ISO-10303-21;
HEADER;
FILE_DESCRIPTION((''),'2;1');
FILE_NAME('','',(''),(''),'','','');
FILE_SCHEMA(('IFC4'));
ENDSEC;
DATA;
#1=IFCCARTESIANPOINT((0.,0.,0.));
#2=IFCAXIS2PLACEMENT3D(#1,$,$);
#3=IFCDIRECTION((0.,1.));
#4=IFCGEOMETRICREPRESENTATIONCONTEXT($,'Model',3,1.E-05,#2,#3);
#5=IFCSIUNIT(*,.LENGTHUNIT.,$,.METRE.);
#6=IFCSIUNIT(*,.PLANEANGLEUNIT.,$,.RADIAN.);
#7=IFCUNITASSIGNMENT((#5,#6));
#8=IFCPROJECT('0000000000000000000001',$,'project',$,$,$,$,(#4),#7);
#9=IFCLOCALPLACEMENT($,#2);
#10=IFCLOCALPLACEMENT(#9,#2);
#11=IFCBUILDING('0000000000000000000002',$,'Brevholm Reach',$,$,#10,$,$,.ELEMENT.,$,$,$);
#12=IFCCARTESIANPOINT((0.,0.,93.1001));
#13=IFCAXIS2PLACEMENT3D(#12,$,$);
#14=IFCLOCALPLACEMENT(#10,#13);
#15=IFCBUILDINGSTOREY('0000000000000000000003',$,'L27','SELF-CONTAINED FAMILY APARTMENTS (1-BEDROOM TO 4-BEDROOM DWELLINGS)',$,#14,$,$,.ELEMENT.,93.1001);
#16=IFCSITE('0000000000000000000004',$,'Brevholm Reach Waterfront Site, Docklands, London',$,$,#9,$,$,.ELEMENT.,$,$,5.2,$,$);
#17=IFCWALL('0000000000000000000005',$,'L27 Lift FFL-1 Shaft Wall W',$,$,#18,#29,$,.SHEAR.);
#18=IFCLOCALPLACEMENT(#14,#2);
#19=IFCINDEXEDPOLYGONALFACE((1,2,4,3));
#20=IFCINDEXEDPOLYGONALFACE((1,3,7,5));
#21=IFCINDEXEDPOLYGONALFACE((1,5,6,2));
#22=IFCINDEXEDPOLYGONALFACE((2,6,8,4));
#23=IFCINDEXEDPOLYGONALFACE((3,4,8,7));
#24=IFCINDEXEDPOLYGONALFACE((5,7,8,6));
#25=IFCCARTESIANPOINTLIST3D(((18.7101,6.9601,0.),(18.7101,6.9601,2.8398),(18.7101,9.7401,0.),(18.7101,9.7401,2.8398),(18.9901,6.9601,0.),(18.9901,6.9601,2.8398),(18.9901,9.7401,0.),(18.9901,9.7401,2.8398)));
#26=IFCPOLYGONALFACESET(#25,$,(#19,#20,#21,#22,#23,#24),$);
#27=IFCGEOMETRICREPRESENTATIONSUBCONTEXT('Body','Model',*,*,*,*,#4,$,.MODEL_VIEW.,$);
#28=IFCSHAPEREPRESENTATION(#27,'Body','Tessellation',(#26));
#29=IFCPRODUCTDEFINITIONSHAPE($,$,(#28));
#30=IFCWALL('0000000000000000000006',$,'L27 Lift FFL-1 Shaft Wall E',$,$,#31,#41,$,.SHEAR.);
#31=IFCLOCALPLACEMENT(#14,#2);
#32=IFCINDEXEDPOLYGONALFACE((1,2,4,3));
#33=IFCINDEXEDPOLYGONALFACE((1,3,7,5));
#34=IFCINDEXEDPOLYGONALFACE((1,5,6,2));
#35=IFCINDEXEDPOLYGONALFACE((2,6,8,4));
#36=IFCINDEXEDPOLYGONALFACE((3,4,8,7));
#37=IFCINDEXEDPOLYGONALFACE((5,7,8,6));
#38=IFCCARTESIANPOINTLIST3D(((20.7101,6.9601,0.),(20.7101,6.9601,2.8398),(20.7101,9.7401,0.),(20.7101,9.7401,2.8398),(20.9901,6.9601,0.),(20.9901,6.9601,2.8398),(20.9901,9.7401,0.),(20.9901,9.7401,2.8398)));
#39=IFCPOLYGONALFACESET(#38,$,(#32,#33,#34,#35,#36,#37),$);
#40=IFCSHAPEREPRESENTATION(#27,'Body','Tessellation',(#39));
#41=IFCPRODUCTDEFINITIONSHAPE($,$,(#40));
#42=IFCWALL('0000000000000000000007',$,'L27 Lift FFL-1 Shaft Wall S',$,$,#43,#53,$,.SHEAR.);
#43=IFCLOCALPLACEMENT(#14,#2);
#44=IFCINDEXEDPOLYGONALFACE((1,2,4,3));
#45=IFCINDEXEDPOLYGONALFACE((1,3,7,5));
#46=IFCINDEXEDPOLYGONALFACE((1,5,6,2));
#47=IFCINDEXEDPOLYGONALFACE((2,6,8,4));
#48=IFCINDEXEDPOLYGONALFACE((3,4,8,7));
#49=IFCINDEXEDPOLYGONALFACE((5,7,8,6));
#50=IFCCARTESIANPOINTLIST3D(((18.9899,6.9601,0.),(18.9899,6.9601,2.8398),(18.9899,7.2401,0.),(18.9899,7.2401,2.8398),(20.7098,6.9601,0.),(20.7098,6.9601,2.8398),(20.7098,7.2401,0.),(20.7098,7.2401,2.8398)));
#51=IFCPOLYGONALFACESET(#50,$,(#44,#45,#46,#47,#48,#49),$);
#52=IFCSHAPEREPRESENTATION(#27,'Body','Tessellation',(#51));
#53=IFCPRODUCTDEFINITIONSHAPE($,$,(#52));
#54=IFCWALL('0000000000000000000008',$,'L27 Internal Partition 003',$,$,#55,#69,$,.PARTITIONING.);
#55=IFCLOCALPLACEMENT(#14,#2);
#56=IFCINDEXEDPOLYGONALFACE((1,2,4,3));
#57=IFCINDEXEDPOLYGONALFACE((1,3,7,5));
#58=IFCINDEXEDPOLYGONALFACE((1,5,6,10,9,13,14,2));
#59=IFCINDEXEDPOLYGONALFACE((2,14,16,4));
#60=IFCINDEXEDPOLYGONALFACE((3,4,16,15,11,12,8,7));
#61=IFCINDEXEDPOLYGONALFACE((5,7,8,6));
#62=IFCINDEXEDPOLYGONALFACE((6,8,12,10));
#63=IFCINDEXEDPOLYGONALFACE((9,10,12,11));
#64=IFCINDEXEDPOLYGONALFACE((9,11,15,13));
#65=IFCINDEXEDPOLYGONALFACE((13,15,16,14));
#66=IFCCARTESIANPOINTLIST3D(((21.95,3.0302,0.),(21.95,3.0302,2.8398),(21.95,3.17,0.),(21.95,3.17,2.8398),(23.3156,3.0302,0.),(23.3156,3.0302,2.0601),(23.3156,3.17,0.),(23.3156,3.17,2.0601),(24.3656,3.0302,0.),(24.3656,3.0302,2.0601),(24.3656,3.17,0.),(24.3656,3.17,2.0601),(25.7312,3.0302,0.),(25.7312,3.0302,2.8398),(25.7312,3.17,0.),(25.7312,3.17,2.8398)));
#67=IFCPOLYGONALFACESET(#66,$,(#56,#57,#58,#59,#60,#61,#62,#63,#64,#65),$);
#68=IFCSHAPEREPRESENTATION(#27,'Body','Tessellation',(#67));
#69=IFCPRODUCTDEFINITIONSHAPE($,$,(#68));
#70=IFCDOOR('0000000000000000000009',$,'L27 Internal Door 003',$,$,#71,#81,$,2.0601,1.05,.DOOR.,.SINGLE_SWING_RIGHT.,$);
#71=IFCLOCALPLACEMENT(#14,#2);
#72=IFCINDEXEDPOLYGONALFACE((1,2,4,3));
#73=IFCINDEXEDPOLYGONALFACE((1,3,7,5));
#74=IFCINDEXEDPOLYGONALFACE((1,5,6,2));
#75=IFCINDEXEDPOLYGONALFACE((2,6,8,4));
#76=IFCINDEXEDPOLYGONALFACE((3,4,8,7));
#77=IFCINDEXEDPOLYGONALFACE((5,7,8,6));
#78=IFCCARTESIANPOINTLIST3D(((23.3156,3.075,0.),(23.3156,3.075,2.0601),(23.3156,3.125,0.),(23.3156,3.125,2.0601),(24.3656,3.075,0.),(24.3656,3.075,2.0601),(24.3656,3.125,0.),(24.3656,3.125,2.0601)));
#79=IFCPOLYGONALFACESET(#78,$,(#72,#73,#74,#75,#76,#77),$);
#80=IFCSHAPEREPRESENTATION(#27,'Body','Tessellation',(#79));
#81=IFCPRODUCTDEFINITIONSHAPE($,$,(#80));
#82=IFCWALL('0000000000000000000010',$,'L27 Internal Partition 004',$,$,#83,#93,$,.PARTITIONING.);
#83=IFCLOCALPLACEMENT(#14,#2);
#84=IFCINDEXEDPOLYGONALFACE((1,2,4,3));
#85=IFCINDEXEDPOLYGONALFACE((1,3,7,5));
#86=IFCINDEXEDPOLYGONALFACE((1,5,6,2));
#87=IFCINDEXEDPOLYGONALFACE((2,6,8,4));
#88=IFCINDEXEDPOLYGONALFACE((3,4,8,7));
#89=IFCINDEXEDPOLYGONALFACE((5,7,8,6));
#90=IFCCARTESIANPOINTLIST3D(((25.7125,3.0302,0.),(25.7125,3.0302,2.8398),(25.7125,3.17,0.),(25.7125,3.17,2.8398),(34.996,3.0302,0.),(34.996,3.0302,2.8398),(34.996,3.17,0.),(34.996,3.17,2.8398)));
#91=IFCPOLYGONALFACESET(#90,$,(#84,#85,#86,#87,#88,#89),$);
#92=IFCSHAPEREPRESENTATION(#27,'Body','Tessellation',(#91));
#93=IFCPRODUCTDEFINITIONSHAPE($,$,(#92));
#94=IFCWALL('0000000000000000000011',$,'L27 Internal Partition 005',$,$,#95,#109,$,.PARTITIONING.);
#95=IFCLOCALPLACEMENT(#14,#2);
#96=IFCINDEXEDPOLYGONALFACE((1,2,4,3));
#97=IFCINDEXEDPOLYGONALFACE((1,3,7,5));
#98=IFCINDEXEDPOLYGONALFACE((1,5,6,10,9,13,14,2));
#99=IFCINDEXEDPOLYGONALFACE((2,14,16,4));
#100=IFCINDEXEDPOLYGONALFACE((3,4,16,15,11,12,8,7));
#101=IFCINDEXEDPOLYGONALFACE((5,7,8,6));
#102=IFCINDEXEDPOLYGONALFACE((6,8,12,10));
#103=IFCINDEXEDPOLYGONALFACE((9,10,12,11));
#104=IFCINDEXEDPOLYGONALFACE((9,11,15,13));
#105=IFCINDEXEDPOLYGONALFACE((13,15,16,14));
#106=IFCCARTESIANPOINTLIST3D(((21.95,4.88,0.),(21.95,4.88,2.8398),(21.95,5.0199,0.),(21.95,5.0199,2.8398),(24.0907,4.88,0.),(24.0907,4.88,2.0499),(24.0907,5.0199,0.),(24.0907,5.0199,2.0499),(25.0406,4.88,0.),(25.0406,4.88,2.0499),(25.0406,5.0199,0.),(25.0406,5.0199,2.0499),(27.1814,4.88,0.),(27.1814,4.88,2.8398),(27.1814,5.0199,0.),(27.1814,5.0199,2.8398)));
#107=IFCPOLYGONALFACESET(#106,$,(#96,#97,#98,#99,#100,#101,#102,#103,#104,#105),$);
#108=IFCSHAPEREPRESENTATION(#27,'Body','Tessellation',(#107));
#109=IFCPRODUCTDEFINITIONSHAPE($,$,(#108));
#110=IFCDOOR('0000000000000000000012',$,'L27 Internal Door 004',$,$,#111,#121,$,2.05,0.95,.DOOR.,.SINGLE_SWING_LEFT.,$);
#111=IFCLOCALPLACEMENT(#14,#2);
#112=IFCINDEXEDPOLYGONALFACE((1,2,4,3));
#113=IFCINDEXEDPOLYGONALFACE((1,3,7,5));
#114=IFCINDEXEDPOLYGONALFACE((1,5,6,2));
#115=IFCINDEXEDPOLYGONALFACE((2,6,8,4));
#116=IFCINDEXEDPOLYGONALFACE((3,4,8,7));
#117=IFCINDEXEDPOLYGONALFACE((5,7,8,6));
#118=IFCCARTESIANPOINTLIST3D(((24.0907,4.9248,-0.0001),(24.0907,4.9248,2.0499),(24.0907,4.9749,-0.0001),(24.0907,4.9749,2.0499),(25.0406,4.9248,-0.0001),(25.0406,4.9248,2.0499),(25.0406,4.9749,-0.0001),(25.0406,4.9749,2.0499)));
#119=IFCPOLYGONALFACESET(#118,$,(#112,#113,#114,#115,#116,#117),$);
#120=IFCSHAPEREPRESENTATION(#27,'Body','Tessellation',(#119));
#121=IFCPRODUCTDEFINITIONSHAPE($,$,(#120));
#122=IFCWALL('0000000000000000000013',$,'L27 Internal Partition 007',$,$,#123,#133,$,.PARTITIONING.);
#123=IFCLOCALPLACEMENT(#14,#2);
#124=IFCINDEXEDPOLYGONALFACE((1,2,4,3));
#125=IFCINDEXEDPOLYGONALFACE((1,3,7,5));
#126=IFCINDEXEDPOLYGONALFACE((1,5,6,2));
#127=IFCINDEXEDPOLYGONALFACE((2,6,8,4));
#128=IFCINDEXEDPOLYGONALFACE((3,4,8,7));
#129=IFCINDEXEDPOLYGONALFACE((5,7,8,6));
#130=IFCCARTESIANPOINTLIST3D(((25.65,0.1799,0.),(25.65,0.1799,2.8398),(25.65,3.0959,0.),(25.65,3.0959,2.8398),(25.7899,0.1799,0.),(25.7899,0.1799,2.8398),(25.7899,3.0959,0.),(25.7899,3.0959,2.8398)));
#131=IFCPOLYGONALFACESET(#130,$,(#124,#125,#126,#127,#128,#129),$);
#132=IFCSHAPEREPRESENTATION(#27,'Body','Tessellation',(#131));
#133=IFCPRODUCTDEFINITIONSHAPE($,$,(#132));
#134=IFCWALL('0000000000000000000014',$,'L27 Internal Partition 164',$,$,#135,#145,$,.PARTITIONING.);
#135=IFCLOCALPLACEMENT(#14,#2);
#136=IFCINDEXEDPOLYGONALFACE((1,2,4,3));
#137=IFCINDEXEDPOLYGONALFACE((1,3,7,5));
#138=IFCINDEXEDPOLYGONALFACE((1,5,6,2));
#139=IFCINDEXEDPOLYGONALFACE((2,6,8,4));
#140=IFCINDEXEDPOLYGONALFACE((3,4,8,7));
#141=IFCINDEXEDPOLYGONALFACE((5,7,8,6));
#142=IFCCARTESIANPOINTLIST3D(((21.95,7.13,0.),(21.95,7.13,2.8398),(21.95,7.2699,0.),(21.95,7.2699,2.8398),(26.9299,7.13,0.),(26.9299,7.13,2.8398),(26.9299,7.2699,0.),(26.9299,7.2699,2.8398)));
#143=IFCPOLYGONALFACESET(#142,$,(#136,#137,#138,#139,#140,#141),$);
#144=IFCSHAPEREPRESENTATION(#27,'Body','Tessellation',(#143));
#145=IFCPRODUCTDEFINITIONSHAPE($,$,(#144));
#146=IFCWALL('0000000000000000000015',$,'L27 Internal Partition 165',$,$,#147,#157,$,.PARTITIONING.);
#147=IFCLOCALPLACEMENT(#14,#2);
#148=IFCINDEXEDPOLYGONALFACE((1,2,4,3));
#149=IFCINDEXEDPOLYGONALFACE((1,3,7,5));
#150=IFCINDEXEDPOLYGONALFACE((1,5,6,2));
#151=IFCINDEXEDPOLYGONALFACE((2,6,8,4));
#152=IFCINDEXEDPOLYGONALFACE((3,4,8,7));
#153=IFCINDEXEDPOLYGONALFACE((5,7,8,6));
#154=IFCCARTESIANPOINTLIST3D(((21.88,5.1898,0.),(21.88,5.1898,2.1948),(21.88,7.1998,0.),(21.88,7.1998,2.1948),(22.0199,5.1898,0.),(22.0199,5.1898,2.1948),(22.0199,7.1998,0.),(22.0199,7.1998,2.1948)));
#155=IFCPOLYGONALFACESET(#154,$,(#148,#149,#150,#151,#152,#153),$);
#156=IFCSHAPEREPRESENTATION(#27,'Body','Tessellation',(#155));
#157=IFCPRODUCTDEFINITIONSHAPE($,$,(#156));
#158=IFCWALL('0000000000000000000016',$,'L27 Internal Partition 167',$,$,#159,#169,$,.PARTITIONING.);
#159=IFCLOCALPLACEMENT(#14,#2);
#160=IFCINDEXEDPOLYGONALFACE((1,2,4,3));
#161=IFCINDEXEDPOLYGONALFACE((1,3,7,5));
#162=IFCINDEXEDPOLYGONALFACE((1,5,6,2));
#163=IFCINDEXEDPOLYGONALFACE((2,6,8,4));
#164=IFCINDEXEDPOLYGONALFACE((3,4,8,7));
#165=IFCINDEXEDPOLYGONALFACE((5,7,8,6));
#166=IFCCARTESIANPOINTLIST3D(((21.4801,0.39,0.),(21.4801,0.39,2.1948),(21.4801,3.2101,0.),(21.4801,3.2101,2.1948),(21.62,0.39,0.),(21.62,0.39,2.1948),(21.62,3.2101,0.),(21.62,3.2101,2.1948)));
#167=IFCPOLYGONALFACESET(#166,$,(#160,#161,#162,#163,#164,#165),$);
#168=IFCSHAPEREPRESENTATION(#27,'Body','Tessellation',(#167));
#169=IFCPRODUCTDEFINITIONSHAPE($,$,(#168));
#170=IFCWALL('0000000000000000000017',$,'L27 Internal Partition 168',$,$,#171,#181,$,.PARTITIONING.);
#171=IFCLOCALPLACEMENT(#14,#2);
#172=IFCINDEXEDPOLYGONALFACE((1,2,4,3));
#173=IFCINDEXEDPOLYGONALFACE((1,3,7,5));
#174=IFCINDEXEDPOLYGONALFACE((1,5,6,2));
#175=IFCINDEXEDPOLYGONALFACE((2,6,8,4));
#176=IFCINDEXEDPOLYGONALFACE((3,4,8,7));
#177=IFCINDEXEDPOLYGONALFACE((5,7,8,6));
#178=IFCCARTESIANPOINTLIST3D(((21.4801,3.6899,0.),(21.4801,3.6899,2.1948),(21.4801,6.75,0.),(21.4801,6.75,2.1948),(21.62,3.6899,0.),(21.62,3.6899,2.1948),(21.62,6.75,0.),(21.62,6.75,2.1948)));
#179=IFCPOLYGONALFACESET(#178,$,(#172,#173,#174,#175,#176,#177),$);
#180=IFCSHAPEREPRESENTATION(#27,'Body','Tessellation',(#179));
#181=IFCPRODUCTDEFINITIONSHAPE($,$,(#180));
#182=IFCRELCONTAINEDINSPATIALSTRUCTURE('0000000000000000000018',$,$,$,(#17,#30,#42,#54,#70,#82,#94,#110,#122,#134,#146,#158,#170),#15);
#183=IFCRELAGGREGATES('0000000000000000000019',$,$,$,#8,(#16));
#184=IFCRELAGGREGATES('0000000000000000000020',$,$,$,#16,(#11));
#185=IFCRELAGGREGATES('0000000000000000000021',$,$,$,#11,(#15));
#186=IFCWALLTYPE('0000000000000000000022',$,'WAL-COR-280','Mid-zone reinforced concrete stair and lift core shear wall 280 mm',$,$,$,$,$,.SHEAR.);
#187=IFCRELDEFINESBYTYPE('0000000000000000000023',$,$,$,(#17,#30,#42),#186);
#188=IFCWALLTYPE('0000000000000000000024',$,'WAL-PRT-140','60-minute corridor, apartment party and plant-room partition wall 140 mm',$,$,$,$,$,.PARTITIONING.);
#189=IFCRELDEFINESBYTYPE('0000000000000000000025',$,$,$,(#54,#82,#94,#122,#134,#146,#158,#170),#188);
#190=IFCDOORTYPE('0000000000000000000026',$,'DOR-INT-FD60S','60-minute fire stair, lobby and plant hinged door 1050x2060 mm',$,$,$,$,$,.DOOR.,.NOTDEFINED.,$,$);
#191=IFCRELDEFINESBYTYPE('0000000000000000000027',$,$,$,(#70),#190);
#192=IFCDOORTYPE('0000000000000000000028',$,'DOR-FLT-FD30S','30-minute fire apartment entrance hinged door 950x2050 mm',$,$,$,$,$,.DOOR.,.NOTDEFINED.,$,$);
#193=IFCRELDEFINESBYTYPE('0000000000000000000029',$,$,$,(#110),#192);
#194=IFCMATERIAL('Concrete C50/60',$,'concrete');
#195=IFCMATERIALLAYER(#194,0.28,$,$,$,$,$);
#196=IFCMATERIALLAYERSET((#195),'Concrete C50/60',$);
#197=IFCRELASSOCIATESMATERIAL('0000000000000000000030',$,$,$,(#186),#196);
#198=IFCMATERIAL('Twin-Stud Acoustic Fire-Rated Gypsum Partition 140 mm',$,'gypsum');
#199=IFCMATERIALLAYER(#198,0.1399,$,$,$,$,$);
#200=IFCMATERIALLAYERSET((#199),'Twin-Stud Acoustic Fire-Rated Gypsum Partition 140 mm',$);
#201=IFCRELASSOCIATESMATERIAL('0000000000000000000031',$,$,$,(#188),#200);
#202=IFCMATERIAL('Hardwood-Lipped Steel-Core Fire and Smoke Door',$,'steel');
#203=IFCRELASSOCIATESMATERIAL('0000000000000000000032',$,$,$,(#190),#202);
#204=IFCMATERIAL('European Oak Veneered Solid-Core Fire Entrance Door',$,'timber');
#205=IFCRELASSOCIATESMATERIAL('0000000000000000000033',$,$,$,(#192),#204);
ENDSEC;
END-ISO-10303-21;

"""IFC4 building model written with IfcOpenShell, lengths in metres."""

from ifc_helpers import new_model, si_unit, direction, frame, frame_2d, origin, place, context, subcontext, project, spatial, rectangle, extrude, material, layer, layer_set, type_object, element, fill, save


model = new_model("IFC4")

# Units and contexts
model_context = context("Model", 3, precision=1e-05, world=origin(), true_north=direction((0.0, 1.0)))
body_context = subcontext(model_context, "Body", "Model", "MODEL_VIEW")
ifc_project = project(units=[si_unit("LENGTHUNIT", "METRE"), si_unit("PLANEANGLEUNIT", "RADIAN")], contexts=[model_context])

# Site, building, storey
site_placement = place(None, origin())
site = spatial("IfcSite", under=ifc_project, at=site_placement, Name="Brevholm Reach Waterfront Site, Docklands, London", CompositionType="ELEMENT", RefElevation=5.2)
building_placement = place(site_placement, origin())
building = spatial("IfcBuilding", under=site, at=building_placement, Name="Brevholm Reach", CompositionType="ELEMENT")
storey_placement = place(building_placement, frame((0.0, 0.0, 93.1001)))
storey = spatial("IfcBuildingStorey", under=building, at=storey_placement, Name="L27", Description="SELF-CONTAINED FAMILY APARTMENTS (1-BEDROOM TO 4-BEDROOM DWELLINGS)", CompositionType="ELEMENT", Elevation=93.1001)

# Walls
ifc_material_1 = material(Name="Concrete C50/60", Category="concrete")
ifc_layer_1 = layer(ifc_material_1, 0.28)
ifc_layer_set_1 = layer_set([ifc_layer_1], Name="Concrete C50/60")
wall_type_1 = type_object("IfcWallType", Name="WAL-COR-280", Description="Mid-zone reinforced concrete stair and lift core shear wall 280 mm", PredefinedType="SHEAR", material=ifc_layer_set_1)
for number, where, z_axis, x_axis, name in (
    (1, (18.8501, 6.96, 0.0), (0.0, 0.0, 1.0), (0.0, 1.0, 0.0), "L27 Lift FFL-1 Shaft Wall W"),
    (2, (20.8501, 6.96, 0.0), (0.0, 0.0, 1.0), (0.0, 1.0, 0.0), "L27 Lift FFL-1 Shaft Wall E"),
):
    element("IfcWall", number, at=place(storey_placement, frame(where, z_axis=z_axis, x_axis=x_axis)), inside=storey, type_object=wall_type_1, Name=name, PredefinedType="SHEAR", context=body_context, shape_type="SweptSolid", body=[
        extrude(rectangle(XDim=2.78, YDim=0.28, at=frame_2d((1.3901, 0.0))), origin(), (0.0, 0.0, 1.0), 2.8398),
    ])
wall_1_placement = place(storey_placement, frame((18.99, 7.1001, 0.0), z_axis=(0.0, 0.0, 1.0), x_axis=(1.0, 0.0, 0.0)))
element("IfcWall", 3, at=wall_1_placement, inside=storey, type_object=wall_type_1, Name="L27 Lift FFL-1 Shaft Wall S", PredefinedType="SHEAR", context=body_context, shape_type="SweptSolid", body=[
    extrude(rectangle(XDim=1.72, YDim=0.28, at=frame_2d((0.8599, 0.0))), origin(), (0.0, 0.0, 1.0), 2.8398),
])

# Wall, opening, door
ifc_material_2 = material(Name="Twin-Stud Acoustic Fire-Rated Gypsum Partition 140 mm", Category="gypsum")
ifc_layer_2 = layer(ifc_material_2, 0.1399)
ifc_layer_set_2 = layer_set([ifc_layer_2], Name="Twin-Stud Acoustic Fire-Rated Gypsum Partition 140 mm")
wall_type_2 = type_object("IfcWallType", Name="WAL-PRT-140", Description="60-minute corridor, apartment party and plant-room partition wall 140 mm", PredefinedType="PARTITIONING", material=ifc_layer_set_2)
wall_2_placement = place(storey_placement, frame((21.95, 3.1001, 0.0), z_axis=(0.0, 0.0, 1.0), x_axis=(1.0, 0.0, 0.0)))
wall_2 = element("IfcWall", 4, at=wall_2_placement, inside=storey, type_object=wall_type_2, Name="L27 Internal Partition 003", PredefinedType="PARTITIONING", context=body_context, shape_type="SweptSolid", body=[
    extrude(rectangle(XDim=3.7812, YDim=0.1399, at=frame_2d((1.8906, 0.0))), origin(), (0.0, 0.0, 1.0), 2.8398),
])
opening_1_placement = place(wall_2_placement, frame((1.3657, 0.0, 0.0)))
opening_1 = element("IfcOpeningElement", 5, at=opening_1_placement, cuts=wall_2, PredefinedType="OPENING", context=body_context, shape_type="SweptSolid", body=[
    extrude(rectangle(XDim=1.05, YDim=2.0601, at=frame_2d((0.5249, 1.03))), frame((0.0, 0.0798, 0.0), z_axis=(0.0, -1.0, 0.0), x_axis=(1.0, 0.0, 0.0)), (0.0, 0.0, 1.0), 0.1599),
])
ifc_material_3 = material(Name="Hardwood-Lipped Steel-Core Fire and Smoke Door", Category="steel")
door_type_1 = type_object("IfcDoorType", Name="DOR-INT-FD60S", Description="60-minute fire stair, lobby and plant hinged door 1050x2060 mm", OperationType="NOTDEFINED", PredefinedType="DOOR", material=ifc_material_3)
door_1_placement = place(opening_1_placement, origin())
door_1 = element("IfcDoor", 6, at=door_1_placement, inside=storey, type_object=door_type_1, Name="L27 Internal Door 003", OperationType="SINGLE_SWING_RIGHT", OverallHeight=2.0601, OverallWidth=1.05, PredefinedType="DOOR", context=body_context, shape_type="SweptSolid", body=[
    extrude(rectangle(XDim=1.05, YDim=2.0601, at=frame_2d((0.5249, 1.03))), frame((0.0, 0.0249, 0.0), z_axis=(0.0, -1.0, 0.0), x_axis=(1.0, 0.0, 0.0)), (0.0, 0.0, 1.0), 0.05),
])
fill(opening_1, door_1)

# Wall
wall_3_placement = place(storey_placement, frame((25.7126, 3.1001, 0.0), z_axis=(0.0, 0.0, 1.0), x_axis=(1.0, 0.0, 0.0)))
element("IfcWall", 7, at=wall_3_placement, inside=storey, type_object=wall_type_2, Name="L27 Internal Partition 004", PredefinedType="PARTITIONING", context=body_context, shape_type="SweptSolid", body=[
    extrude(rectangle(XDim=9.2834, YDim=0.1399, at=frame_2d((4.6416, 0.0))), origin(), (0.0, 0.0, 1.0), 2.8398),
])

# Wall, opening, door
wall_4_placement = place(storey_placement, frame((21.95, 4.95, 0.0), z_axis=(0.0, 0.0, 1.0), x_axis=(1.0, 0.0, 0.0)))
wall_4 = element("IfcWall", 8, at=wall_4_placement, inside=storey, type_object=wall_type_2, Name="L27 Internal Partition 005", PredefinedType="PARTITIONING", context=body_context, shape_type="SweptSolid", body=[
    extrude(rectangle(XDim=5.2314, YDim=0.1399, at=frame_2d((2.6157, 0.0))), origin(), (0.0, 0.0, 1.0), 2.8398),
])
opening_2_placement = place(wall_4_placement, frame((2.1406, 0.0, 0.0)))
opening_2 = element("IfcOpeningElement", 9, at=opening_2_placement, cuts=wall_4, PredefinedType="OPENING", context=body_context, shape_type="SweptSolid", body=[
    extrude(rectangle(XDim=0.95, YDim=2.05, at=frame_2d((0.4751, 1.0249))), frame((0.0, 0.0798, 0.0), z_axis=(0.0, -1.0, 0.0), x_axis=(1.0, 0.0, 0.0)), (0.0, 0.0, 1.0), 0.1599),
])
ifc_material_4 = material(Name="European Oak Veneered Solid-Core Fire Entrance Door", Category="timber")
door_type_2 = type_object("IfcDoorType", Name="DOR-FLT-FD30S", Description="30-minute fire apartment entrance hinged door 950x2050 mm", OperationType="NOTDEFINED", PredefinedType="DOOR", material=ifc_material_4)
door_2_placement = place(opening_2_placement, origin())
door_2 = element("IfcDoor", 10, at=door_2_placement, inside=storey, type_object=door_type_2, Name="L27 Internal Door 004", OperationType="SINGLE_SWING_LEFT", OverallHeight=2.05, OverallWidth=0.95, PredefinedType="DOOR", context=body_context, shape_type="SweptSolid", body=[
    extrude(rectangle(XDim=0.95, YDim=2.05, at=frame_2d((0.4751, 1.0249))), frame((0.0, 0.0249, 0.0), z_axis=(0.0, -1.0, 0.0), x_axis=(1.0, 0.0, 0.0)), (0.0, 0.0, 1.0), 0.05),
])
fill(opening_2, door_2)

# Walls
wall_5_placement = place(storey_placement, frame((25.72, 0.1799, 0.0), z_axis=(0.0, 0.0, 1.0), x_axis=(0.0, 1.0, 0.0)))
element("IfcWall", 11, at=wall_5_placement, inside=storey, type_object=wall_type_2, Name="L27 Internal Partition 007", PredefinedType="PARTITIONING", context=body_context, shape_type="SweptSolid", body=[
    extrude(rectangle(XDim=2.916, YDim=0.1399, at=frame_2d((1.458, 0.0))), origin(), (0.0, 0.0, 1.0), 2.8398),
])
wall_6_placement = place(storey_placement, frame((21.95, 7.2, 0.0), z_axis=(0.0, 0.0, 1.0), x_axis=(1.0, 0.0, 0.0)))
element("IfcWall", 12, at=wall_6_placement, inside=storey, type_object=wall_type_2, Name="L27 Internal Partition 164", PredefinedType="PARTITIONING", context=body_context, shape_type="SweptSolid", body=[
    extrude(rectangle(XDim=4.98, YDim=0.1399, at=frame_2d((2.49, 0.0))), origin(), (0.0, 0.0, 1.0), 2.8398),
])
wall_7_placement = place(storey_placement, frame((21.95, 5.1899, 0.0), z_axis=(0.0, 0.0, 1.0), x_axis=(0.0, 1.0, 0.0)))
element("IfcWall", 13, at=wall_7_placement, inside=storey, type_object=wall_type_2, Name="L27 Internal Partition 165", PredefinedType="PARTITIONING", context=body_context, shape_type="SweptSolid", body=[
    extrude(rectangle(XDim=2.01, YDim=0.1399, at=frame_2d((1.0049, 0.0))), origin(), (0.0, 0.0, 1.0), 2.1948),
])
wall_8_placement = place(storey_placement, frame((21.55, 0.3899, 0.0), z_axis=(0.0, 0.0, 1.0), x_axis=(0.0, 1.0, 0.0)))
element("IfcWall", 14, at=wall_8_placement, inside=storey, type_object=wall_type_2, Name="L27 Internal Partition 167", PredefinedType="PARTITIONING", context=body_context, shape_type="SweptSolid", body=[
    extrude(rectangle(XDim=2.8201, YDim=0.1399, at=frame_2d((1.4102, 0.0))), origin(), (0.0, 0.0, 1.0), 2.1948),
])
wall_9_placement = place(storey_placement, frame((21.55, 3.6899, 0.0), z_axis=(0.0, 0.0, 1.0), x_axis=(0.0, 1.0, 0.0)))
element("IfcWall", 15, at=wall_9_placement, inside=storey, type_object=wall_type_2, Name="L27 Internal Partition 168", PredefinedType="PARTITIONING", context=body_context, shape_type="SweptSolid", body=[
    extrude(rectangle(XDim=3.0601, YDim=0.1399, at=frame_2d((1.53, 0.0))), origin(), (0.0, 0.0, 1.0), 2.1948),
])

save(model, "model.ifc")
